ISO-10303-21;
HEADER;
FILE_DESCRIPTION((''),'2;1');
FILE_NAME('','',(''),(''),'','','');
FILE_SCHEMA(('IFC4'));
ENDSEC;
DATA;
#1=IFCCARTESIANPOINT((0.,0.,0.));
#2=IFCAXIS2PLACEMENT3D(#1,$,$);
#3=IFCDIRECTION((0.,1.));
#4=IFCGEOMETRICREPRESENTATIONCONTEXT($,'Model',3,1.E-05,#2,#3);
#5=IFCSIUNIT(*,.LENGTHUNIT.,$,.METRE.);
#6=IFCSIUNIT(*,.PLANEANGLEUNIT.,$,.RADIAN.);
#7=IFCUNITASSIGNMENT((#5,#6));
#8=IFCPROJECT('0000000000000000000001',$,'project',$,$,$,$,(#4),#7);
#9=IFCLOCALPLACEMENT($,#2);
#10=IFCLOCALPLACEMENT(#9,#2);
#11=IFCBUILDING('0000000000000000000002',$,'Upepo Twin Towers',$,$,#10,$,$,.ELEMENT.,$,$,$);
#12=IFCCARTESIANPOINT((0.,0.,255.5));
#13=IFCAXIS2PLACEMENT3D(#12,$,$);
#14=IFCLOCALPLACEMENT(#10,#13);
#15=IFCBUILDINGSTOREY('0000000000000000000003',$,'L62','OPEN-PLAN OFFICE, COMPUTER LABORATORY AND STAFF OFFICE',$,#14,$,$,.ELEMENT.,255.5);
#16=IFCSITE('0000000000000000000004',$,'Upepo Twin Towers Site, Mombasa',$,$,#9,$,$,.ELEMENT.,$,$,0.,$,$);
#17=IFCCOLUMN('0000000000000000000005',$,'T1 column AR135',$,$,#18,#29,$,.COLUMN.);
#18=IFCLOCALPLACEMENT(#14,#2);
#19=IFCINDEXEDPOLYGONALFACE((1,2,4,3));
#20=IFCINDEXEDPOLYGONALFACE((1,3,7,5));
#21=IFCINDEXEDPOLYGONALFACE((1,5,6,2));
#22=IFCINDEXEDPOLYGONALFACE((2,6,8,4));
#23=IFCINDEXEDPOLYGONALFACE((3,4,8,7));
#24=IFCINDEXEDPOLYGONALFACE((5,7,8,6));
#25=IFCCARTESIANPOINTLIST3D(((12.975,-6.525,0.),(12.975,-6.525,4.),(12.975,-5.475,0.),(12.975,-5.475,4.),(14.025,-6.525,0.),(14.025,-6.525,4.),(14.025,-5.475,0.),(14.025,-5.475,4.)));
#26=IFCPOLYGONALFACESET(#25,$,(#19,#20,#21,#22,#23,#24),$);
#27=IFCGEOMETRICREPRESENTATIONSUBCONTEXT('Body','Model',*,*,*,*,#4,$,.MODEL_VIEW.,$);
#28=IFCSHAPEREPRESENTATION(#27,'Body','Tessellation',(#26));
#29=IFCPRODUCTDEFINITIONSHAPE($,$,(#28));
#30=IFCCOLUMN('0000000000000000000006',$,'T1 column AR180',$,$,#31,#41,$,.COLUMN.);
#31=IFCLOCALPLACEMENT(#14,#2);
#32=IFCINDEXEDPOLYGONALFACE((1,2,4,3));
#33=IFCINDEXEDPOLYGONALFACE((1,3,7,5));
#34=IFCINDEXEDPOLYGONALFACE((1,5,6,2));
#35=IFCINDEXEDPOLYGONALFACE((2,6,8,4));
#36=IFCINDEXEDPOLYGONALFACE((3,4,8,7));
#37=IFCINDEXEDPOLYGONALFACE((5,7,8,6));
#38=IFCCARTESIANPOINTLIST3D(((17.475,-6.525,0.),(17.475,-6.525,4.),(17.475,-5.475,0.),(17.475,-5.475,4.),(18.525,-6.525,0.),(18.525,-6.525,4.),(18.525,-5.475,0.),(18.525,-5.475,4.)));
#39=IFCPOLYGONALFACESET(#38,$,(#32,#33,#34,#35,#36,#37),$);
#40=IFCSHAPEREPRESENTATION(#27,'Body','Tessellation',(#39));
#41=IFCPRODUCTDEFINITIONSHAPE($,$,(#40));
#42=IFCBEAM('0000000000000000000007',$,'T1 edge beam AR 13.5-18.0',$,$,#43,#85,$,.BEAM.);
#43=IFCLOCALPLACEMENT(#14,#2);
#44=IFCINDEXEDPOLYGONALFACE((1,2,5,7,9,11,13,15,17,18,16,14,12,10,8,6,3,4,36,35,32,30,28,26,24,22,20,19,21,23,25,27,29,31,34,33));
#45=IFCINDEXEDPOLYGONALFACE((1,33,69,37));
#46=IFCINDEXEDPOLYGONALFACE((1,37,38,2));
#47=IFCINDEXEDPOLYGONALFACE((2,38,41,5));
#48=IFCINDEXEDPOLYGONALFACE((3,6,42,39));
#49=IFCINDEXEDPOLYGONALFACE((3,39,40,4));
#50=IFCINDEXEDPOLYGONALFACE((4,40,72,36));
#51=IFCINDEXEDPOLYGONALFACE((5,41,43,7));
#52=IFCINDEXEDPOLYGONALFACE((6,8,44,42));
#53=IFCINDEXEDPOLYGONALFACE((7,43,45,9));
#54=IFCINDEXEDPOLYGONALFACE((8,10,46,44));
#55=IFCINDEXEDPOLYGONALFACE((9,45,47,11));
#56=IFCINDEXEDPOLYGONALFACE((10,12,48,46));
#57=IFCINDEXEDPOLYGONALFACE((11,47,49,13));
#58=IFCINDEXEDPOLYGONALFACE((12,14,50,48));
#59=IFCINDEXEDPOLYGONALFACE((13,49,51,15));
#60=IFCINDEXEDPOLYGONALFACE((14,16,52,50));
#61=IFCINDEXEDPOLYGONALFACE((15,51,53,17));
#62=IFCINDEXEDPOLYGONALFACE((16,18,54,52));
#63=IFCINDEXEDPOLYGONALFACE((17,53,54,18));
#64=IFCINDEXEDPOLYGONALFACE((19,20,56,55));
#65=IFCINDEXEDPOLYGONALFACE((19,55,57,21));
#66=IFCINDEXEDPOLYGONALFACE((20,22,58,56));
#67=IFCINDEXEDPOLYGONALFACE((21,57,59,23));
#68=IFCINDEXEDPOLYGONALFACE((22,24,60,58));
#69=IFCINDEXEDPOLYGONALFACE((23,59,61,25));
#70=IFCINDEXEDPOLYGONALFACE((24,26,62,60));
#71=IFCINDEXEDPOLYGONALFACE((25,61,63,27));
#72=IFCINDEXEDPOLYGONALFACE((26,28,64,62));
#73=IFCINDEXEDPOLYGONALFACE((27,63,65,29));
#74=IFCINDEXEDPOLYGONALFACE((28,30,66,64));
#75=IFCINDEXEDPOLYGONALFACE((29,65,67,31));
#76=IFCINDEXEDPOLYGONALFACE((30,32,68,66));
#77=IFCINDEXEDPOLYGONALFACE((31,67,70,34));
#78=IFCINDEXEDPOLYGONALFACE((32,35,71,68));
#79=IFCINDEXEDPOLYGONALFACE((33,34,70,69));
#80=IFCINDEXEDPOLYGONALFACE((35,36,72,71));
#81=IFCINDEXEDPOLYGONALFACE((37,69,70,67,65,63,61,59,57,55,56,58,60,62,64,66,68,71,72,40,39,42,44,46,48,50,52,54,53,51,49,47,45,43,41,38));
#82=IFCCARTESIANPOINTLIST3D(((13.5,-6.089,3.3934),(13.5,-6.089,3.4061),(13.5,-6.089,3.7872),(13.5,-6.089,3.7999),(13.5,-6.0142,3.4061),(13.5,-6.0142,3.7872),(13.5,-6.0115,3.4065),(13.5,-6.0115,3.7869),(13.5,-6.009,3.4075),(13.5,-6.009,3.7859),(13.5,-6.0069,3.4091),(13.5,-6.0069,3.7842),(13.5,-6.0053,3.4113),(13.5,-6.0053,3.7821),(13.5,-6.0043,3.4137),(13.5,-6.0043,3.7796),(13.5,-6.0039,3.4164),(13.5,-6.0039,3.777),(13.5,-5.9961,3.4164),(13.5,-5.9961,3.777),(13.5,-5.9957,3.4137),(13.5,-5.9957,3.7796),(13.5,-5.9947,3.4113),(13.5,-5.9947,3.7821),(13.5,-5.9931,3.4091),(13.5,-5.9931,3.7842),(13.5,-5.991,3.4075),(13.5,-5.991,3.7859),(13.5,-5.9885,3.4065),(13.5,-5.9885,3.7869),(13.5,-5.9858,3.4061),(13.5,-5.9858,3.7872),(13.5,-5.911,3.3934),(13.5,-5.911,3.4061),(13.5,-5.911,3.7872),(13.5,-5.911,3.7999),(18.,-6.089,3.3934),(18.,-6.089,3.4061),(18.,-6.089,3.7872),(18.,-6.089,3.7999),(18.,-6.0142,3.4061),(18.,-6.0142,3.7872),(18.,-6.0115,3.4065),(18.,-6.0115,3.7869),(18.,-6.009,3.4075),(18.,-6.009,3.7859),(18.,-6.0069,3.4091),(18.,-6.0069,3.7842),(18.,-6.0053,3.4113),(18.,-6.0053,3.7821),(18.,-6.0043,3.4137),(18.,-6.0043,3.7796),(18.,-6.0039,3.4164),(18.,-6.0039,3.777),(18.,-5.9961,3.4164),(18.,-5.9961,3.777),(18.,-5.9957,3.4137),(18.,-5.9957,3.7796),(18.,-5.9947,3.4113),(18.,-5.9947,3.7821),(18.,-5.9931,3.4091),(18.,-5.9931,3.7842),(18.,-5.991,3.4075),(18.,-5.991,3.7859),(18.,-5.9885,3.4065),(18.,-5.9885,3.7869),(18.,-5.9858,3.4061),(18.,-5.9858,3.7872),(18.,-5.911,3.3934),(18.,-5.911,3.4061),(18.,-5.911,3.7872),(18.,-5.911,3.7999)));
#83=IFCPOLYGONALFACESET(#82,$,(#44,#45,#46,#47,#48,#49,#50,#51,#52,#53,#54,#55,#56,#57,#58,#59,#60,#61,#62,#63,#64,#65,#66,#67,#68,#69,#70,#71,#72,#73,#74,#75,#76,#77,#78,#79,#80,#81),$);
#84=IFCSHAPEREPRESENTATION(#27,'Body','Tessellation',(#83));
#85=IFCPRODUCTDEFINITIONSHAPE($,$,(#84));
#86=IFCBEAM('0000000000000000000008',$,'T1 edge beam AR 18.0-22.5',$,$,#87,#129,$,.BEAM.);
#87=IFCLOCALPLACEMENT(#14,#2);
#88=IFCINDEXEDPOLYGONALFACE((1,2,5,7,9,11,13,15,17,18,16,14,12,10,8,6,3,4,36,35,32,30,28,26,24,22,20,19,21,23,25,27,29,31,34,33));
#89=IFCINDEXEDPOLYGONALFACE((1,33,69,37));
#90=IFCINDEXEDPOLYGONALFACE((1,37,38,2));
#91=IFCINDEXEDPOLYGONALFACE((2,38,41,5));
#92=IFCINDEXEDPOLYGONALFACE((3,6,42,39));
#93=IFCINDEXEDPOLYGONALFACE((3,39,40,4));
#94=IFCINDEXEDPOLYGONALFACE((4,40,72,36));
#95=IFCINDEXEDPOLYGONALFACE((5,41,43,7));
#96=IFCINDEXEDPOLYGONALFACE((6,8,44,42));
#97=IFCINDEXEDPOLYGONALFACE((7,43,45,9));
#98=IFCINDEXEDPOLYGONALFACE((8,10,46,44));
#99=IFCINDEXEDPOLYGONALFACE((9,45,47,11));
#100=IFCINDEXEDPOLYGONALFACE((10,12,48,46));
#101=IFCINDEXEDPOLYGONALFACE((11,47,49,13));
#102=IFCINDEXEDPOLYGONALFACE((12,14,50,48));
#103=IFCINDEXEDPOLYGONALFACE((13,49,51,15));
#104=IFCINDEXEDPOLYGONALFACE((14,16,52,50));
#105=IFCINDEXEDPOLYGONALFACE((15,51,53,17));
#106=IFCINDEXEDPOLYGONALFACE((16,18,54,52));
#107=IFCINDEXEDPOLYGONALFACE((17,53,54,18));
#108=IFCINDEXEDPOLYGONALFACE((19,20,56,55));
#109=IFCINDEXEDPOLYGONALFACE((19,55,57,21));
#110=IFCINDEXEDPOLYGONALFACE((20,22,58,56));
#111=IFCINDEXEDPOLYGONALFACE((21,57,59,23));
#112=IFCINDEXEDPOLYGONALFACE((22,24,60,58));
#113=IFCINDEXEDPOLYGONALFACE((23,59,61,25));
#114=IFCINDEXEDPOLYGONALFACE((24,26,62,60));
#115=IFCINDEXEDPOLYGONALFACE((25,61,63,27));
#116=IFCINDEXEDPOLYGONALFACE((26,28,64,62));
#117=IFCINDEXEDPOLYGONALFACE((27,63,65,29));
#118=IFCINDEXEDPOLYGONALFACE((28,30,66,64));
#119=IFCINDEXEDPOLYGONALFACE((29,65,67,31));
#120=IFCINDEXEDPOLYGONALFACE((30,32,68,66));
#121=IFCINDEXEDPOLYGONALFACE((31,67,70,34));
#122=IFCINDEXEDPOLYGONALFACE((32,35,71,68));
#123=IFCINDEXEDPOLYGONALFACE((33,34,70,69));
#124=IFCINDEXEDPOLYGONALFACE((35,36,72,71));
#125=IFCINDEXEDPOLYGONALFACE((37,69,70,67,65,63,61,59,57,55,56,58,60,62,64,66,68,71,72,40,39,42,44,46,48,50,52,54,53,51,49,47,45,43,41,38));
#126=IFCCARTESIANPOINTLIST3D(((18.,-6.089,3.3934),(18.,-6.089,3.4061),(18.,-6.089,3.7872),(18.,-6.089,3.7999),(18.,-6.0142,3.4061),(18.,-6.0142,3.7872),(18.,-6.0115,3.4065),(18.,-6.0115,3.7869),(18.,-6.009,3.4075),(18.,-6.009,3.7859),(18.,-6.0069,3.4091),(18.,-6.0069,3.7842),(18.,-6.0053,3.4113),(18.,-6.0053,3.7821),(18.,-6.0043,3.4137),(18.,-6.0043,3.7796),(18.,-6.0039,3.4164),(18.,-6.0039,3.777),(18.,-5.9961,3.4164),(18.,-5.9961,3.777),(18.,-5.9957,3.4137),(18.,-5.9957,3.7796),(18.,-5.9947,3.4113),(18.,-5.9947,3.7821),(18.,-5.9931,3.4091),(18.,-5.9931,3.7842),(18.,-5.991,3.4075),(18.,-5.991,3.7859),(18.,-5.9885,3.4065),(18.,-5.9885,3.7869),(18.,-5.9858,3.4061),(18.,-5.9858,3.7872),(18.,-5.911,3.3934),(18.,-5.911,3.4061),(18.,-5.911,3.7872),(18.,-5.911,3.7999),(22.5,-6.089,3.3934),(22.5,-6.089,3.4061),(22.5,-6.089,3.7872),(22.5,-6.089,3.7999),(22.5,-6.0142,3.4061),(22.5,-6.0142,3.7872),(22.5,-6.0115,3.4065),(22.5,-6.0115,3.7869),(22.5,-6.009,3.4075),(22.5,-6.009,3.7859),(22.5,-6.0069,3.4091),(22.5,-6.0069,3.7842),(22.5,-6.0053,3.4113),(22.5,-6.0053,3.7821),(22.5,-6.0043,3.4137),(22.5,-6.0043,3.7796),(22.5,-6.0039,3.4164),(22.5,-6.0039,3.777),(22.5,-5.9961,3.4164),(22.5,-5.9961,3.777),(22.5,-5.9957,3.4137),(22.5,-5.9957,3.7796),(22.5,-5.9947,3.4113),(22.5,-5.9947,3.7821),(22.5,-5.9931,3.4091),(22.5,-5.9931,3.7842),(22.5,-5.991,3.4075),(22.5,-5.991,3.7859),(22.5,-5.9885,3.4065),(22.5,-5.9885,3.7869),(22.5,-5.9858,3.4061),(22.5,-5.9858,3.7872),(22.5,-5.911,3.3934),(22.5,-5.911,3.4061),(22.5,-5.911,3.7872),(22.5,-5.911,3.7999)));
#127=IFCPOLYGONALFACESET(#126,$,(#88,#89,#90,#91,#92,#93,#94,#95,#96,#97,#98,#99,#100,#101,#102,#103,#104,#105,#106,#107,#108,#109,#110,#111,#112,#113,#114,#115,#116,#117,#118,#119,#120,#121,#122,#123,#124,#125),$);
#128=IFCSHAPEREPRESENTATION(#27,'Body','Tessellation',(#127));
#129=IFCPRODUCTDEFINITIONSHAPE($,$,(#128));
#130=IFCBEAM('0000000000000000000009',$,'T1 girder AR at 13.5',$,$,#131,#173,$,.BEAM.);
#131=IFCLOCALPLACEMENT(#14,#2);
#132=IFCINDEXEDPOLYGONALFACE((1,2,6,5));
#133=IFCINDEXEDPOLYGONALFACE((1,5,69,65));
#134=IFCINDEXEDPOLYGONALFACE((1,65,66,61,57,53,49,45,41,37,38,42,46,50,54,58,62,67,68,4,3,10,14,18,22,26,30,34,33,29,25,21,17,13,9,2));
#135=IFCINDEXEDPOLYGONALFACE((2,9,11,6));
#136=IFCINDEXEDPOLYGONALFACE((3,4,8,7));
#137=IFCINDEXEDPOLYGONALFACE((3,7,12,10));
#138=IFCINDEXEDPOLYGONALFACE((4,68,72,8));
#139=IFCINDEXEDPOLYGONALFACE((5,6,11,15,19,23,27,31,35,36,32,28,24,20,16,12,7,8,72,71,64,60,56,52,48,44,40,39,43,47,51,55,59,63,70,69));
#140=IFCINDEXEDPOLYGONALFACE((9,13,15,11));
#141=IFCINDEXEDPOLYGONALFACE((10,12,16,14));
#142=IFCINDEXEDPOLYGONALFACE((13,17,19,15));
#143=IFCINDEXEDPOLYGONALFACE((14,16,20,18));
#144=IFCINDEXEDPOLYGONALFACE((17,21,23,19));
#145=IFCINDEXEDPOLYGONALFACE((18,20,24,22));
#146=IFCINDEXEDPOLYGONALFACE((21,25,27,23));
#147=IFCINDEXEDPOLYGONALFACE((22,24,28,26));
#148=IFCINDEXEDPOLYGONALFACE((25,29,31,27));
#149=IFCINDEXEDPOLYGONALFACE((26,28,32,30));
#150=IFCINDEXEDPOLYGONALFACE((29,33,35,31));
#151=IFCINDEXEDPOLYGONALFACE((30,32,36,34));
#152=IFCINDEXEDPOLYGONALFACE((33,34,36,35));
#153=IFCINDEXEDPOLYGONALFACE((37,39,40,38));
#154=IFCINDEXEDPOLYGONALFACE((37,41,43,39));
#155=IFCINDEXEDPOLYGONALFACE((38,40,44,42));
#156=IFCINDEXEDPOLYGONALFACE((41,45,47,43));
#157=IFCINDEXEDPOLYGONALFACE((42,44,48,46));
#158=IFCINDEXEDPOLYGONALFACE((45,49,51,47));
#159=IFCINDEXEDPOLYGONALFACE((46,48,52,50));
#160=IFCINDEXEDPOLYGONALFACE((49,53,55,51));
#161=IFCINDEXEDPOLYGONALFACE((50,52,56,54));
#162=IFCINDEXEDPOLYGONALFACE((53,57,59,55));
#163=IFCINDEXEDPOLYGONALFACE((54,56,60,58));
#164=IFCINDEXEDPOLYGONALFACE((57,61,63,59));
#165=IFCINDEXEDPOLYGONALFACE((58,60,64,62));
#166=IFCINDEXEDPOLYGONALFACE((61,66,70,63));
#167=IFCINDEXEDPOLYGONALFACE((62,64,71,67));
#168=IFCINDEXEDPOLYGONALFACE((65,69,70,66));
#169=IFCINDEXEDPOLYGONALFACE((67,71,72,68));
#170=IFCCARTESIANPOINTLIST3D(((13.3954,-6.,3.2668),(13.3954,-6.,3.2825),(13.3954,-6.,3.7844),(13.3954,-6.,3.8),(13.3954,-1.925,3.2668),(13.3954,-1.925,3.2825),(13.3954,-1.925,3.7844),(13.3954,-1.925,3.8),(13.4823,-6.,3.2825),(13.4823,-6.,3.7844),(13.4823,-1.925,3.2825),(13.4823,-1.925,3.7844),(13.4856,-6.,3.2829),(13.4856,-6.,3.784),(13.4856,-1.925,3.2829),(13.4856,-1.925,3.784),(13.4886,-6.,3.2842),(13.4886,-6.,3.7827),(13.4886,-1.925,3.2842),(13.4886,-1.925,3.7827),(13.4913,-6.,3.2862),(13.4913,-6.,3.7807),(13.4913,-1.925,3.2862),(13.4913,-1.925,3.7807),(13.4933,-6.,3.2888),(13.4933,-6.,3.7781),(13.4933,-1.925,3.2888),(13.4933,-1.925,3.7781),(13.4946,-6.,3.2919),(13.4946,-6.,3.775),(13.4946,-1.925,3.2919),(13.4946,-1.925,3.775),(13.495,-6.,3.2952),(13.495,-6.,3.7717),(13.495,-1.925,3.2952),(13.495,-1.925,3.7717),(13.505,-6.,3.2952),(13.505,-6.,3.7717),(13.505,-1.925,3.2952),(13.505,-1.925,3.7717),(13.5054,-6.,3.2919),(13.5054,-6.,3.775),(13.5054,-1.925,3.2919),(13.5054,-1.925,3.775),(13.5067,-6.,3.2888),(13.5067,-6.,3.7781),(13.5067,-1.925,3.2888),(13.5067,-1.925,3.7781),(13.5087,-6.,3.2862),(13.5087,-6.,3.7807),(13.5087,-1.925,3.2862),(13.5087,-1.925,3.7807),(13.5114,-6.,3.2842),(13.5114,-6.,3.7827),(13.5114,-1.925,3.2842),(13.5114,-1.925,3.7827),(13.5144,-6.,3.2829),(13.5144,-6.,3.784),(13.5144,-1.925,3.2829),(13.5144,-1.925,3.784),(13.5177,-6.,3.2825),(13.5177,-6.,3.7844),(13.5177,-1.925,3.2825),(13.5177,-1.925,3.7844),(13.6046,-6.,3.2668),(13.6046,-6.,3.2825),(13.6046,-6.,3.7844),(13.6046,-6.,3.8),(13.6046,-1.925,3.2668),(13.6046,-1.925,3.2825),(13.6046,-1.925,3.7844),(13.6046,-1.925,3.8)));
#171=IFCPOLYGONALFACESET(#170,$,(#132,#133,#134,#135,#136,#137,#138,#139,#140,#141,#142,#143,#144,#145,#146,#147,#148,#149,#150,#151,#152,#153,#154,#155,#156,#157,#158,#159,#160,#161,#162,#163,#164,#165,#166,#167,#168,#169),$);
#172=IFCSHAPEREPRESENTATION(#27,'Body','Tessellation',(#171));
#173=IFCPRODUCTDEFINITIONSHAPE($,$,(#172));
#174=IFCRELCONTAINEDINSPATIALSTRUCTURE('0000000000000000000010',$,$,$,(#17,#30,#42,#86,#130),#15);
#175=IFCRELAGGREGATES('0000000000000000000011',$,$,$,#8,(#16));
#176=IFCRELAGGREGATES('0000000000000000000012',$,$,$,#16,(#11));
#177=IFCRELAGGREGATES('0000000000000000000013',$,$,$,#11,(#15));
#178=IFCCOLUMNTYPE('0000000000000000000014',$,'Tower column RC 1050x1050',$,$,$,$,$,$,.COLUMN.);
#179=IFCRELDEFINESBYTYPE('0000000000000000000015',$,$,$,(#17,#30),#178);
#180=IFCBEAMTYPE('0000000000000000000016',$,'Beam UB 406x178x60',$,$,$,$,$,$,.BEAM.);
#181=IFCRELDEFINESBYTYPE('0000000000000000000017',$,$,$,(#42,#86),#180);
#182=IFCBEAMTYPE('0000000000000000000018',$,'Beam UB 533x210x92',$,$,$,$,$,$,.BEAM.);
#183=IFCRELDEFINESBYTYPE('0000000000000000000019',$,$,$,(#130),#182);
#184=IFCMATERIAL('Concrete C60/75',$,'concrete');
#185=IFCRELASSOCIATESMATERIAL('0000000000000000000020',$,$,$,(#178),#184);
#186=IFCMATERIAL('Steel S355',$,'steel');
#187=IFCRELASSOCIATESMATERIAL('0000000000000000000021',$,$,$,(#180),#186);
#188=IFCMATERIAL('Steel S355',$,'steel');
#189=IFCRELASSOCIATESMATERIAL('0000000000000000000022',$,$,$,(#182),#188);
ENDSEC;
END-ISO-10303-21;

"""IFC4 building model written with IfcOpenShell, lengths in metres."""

from ifc_helpers import new_model, si_unit, direction, frame, origin, origin_2d, place, context, subcontext, project, spatial, rectangle, i_section, extrude, material, material_profile, profile_set, type_object, element, save


model = new_model("IFC4")

# Units and contexts
model_context = context("Model", 3, precision=1e-05, world=origin(), true_north=direction((0.0, 1.0)))
body_context = subcontext(model_context, "Body", "Model", "MODEL_VIEW")
ifc_project = project(units=[si_unit("LENGTHUNIT", "METRE"), si_unit("PLANEANGLEUNIT", "RADIAN")], contexts=[model_context])

# Site, building, storey
site_placement = place(None, origin())
site = spatial("IfcSite", under=ifc_project, at=site_placement, Name="Upepo Twin Towers Site, Mombasa", CompositionType="ELEMENT", RefElevation=0.0)
building_placement = place(site_placement, origin())
building = spatial("IfcBuilding", under=site, at=building_placement, Name="Upepo Twin Towers", CompositionType="ELEMENT")
storey_placement = place(building_placement, frame((0.0, 0.0, 255.5)))
storey = spatial("IfcBuildingStorey", under=building, at=storey_placement, Name="L62", Description="OPEN-PLAN OFFICE, COMPUTER LABORATORY AND STAFF OFFICE", CompositionType="ELEMENT", Elevation=255.5)

# Columns
ifc_material_1 = material(Name="Concrete C60/75", Category="concrete")
ifc_material_profile_1 = material_profile(ifc_material_1, rectangle(XDim=1.05, YDim=1.05, at=origin_2d()), Name="RC 1050x1050")
ifc_profile_set_1 = profile_set([ifc_material_profile_1], Name="Concrete C60/75")
column_type = type_object("IfcColumnType", Name="Tower column RC 1050x1050", PredefinedType="COLUMN", material=ifc_profile_set_1)
for number, where, z_axis, x_axis, name in (
    (1, (13.5, -6.0, 0.0), (0.0, 0.0, 1.0), (1.0, 0.0, 0.0), "T1 column AR135"),
    (2, (18.0, -6.0, 0.0), (0.0, 0.0, 1.0), (1.0, 0.0, 0.0), "T1 column AR180"),
):
    element("IfcColumn", number, at=place(storey_placement, frame(where, z_axis=z_axis, x_axis=x_axis)), inside=storey, type_object=column_type, Name=name, PredefinedType="COLUMN", context=body_context, shape_type="SweptSolid", body=[
        extrude(rectangle(XDim=1.05, YDim=1.05, at=origin_2d()), origin(), (0.0, 0.0, 1.0), 4.0),
    ])

# Beams
ifc_material_2 = material(Name="Steel S355", Category="steel")
ifc_material_profile_2 = material_profile(ifc_material_2, i_section(OverallWidth=0.178, OverallDepth=0.4065, WebThickness=0.0078, FlangeThickness=0.0127, FilletRadius=0.0103, at=origin_2d()), Name="UB 406x178x60")
ifc_profile_set_2 = profile_set([ifc_material_profile_2], Name="Steel S355")
beam_type_1 = type_object("IfcBeamType", Name="Beam UB 406x178x60", PredefinedType="BEAM", material=ifc_profile_set_2)
for number, where, z_axis, x_axis, name in (
    (3, (13.5, -6.0, 3.5967), (1.0, 0.0, 0.0), (0.0, 1.0, 0.0), "T1 edge beam AR 13.5-18.0"),
    (4, (18.0, -6.0, 3.5967), (1.0, 0.0, 0.0), (0.0, 1.0, 0.0), "T1 edge beam AR 18.0-22.5"),
):
    element("IfcBeam", number, at=place(storey_placement, frame(where, z_axis=z_axis, x_axis=x_axis)), inside=storey, type_object=beam_type_1, Name=name, PredefinedType="BEAM", context=body_context, shape_type="SweptSolid", body=[
        extrude(i_section(OverallWidth=0.178, OverallDepth=0.4065, WebThickness=0.0078, FlangeThickness=0.0127, FilletRadius=0.0103, at=origin_2d()), origin(), (0.0, 0.0, 1.0), 4.5),
    ])
ifc_material_3 = material(Name="Steel S355", Category="steel")
ifc_material_profile_3 = material_profile(ifc_material_3, i_section(OverallWidth=0.2092, OverallDepth=0.5332, WebThickness=0.01, FlangeThickness=0.0156, FilletRadius=0.0127, at=origin_2d()), Name="UB 533x210x92")
ifc_profile_set_3 = profile_set([ifc_material_profile_3], Name="Steel S355")
beam_type_2 = type_object("IfcBeamType", Name="Beam UB 533x210x92", PredefinedType="BEAM", material=ifc_profile_set_3)
for number, where, z_axis, x_axis, name in (
    (5, (13.5, -6.0, 3.5334), (0.0, 1.0, 0.0), (-1.0, 0.0, 0.0), "T1 girder AR at 13.5"),
):
    element("IfcBeam", number, at=place(storey_placement, frame(where, z_axis=z_axis, x_axis=x_axis)), inside=storey, type_object=beam_type_2, Name=name, PredefinedType="BEAM", context=body_context, shape_type="SweptSolid", body=[
        extrude(i_section(OverallWidth=0.2092, OverallDepth=0.5332, WebThickness=0.01, FlangeThickness=0.0156, FilletRadius=0.0127, at=origin_2d()), origin(), (0.0, 0.0, 1.0), 4.075),
    ])

save(model, "model.ifc")
